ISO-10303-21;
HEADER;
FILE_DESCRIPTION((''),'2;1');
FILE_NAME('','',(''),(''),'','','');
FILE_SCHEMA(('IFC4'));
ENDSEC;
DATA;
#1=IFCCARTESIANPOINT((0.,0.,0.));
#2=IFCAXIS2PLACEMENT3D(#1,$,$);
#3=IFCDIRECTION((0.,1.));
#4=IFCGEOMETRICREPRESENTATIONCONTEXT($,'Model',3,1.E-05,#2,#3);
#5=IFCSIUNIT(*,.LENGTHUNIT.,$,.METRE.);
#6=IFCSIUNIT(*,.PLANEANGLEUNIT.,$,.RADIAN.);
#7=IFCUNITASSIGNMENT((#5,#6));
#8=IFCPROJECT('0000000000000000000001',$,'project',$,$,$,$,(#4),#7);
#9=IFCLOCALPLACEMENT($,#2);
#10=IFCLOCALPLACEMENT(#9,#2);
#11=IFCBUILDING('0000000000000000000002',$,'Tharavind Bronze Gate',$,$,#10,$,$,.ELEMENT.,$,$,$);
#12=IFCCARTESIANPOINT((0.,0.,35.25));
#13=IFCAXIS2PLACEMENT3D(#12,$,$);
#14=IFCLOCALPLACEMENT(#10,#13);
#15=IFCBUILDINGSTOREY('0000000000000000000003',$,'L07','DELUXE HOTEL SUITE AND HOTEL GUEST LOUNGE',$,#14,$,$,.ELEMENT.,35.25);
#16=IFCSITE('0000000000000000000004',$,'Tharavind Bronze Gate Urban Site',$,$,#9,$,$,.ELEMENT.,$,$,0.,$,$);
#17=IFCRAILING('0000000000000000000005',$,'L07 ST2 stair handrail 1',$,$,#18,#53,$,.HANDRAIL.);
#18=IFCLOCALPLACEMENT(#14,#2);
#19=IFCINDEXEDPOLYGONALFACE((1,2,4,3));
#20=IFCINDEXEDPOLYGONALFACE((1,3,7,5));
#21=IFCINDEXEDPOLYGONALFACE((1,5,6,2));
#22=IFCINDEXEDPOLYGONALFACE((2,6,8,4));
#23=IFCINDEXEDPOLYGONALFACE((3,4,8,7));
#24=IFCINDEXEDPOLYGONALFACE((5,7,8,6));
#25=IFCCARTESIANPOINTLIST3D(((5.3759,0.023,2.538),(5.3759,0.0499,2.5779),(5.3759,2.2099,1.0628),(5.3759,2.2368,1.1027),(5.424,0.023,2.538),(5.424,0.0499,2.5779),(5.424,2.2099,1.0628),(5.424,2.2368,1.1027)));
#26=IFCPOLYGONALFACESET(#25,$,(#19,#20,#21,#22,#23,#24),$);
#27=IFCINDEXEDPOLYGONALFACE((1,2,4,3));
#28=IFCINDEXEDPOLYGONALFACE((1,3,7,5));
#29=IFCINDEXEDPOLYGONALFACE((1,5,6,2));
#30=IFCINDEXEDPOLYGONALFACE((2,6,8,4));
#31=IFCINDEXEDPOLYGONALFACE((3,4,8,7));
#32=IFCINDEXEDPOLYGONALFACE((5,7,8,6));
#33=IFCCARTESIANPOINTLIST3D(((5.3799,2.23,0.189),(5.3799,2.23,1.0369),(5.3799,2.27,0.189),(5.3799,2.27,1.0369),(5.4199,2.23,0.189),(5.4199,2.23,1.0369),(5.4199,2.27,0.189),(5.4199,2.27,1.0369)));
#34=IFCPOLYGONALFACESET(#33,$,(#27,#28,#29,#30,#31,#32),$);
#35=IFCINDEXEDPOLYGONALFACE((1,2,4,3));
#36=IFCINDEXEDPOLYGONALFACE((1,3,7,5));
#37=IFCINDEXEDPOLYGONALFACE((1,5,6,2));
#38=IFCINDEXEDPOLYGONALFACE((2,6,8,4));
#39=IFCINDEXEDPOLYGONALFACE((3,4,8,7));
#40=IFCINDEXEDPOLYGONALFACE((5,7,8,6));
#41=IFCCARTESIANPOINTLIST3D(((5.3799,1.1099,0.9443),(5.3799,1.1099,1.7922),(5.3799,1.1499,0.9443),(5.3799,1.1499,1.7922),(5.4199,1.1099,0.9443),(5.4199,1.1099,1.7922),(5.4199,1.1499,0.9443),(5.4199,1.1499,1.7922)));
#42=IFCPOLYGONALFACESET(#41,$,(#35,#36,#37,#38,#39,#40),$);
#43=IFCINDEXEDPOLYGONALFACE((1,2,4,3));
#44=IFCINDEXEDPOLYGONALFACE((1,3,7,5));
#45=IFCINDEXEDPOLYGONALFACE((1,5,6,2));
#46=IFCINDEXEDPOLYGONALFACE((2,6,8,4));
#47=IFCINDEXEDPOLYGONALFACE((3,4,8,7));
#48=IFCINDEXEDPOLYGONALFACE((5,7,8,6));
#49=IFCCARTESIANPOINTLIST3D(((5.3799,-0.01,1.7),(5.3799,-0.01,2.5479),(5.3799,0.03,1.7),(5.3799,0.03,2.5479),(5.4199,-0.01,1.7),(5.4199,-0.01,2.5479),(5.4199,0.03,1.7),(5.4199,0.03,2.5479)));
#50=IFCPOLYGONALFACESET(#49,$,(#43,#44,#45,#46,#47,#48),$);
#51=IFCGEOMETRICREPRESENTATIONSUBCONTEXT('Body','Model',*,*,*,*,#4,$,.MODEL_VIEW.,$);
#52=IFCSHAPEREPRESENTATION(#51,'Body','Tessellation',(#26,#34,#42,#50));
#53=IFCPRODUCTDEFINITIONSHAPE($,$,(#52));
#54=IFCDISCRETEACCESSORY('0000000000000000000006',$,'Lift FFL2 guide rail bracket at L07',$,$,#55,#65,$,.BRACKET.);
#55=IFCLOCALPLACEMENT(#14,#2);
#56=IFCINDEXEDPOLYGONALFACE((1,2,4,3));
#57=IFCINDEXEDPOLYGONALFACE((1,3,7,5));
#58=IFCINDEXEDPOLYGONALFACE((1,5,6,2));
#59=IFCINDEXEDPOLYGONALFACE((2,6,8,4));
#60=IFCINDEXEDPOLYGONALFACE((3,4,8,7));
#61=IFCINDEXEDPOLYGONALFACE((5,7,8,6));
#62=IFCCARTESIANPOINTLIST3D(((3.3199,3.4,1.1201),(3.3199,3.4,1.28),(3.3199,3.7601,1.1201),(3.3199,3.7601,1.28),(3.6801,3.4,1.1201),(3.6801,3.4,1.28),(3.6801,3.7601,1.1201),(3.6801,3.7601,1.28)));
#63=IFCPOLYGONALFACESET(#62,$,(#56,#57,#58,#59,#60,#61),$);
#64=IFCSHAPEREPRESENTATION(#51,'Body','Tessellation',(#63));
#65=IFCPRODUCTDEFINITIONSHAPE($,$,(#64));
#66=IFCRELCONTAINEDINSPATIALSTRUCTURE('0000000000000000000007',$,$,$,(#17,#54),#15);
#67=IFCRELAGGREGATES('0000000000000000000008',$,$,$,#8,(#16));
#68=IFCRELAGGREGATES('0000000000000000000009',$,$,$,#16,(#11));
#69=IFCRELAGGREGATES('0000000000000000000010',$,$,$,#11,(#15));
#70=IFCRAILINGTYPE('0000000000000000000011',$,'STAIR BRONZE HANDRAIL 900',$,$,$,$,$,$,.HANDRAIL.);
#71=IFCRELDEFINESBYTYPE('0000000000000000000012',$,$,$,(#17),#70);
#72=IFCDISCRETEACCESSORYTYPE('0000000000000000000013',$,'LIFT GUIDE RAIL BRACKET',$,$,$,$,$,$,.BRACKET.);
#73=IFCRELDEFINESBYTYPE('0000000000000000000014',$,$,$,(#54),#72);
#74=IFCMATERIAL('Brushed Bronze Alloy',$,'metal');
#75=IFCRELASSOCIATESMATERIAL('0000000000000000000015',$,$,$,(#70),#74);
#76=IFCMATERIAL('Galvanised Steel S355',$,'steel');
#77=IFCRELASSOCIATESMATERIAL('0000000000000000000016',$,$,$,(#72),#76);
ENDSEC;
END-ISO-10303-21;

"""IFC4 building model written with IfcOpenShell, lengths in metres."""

from ifc_helpers import new_model, si_unit, direction, frame, origin, origin_2d, place, context, subcontext, project, spatial, rectangle, extrude, material, type_object, element, save


model = new_model("IFC4")

# Units and contexts
model_context = context("Model", 3, precision=1e-05, world=origin(), true_north=direction((0.0, 1.0)))
body_context = subcontext(model_context, "Body", "Model", "MODEL_VIEW")
ifc_project = project(units=[si_unit("LENGTHUNIT", "METRE"), si_unit("PLANEANGLEUNIT", "RADIAN")], contexts=[model_context])

# Site, building, storey
site_placement = place(None, origin())
site = spatial("IfcSite", under=ifc_project, at=site_placement, Name="Tharavind Bronze Gate Urban Site", CompositionType="ELEMENT", RefElevation=0.0)
building_placement = place(site_placement, origin())
building = spatial("IfcBuilding", under=site, at=building_placement, Name="Tharavind Bronze Gate", CompositionType="ELEMENT")
storey_placement = place(building_placement, frame((0.0, 0.0, 35.25)))
storey = spatial("IfcBuildingStorey", under=building, at=storey_placement, Name="L07", Description="DELUXE HOTEL SUITE AND HOTEL GUEST LOUNGE", CompositionType="ELEMENT", Elevation=35.25)

# Railing
ifc_material_1 = material(Name="Brushed Bronze Alloy", Category="metal")
railing_type = type_object("IfcRailingType", Name="STAIR BRONZE HANDRAIL 900", PredefinedType="HANDRAIL", material=ifc_material_1)
railing_placement = place(storey_placement, frame((5.3999, 2.25, 0.189)))
element("IfcRailing", 1, at=railing_placement, inside=storey, type_object=railing_type, Name="L07 ST2 stair handrail 1", PredefinedType="HANDRAIL", context=body_context, shape_type="SweptSolid", body=[
    extrude(rectangle(XDim=0.0481, YDim=0.0481, at=origin_2d()), frame((0.0, -0.0266, 0.8938), z_axis=(0.0, -0.829021, 0.559217), x_axis=(1.0, 0.0, 0.0)), (0.0, 0.0, 1.0), 2.6379),
    extrude(rectangle(XDim=0.04, YDim=0.04, at=origin_2d()), origin(), (0.0, 0.0, 1.0), 0.8479),
    extrude(rectangle(XDim=0.04, YDim=0.04, at=origin_2d()), frame((0.0, -1.1201, 0.7554)), (0.0, 0.0, 1.0), 0.8479),
    extrude(rectangle(XDim=0.04, YDim=0.04, at=origin_2d()), frame((0.0, -2.24, 1.511)), (0.0, 0.0, 1.0), 0.8479),
])

# Discrete accessory
ifc_material_2 = material(Name="Galvanised Steel S355", Category="steel")
discrete_accessory_type = type_object("IfcDiscreteAccessoryType", Name="LIFT GUIDE RAIL BRACKET", PredefinedType="BRACKET", material=ifc_material_2)
discrete_accessory_placement = place(storey_placement, frame((3.5, 3.5801, 1.1201), z_axis=(0.0, 0.0, 1.0), x_axis=(1.0, 0.0, 0.0)))
element("IfcDiscreteAccessory", 2, at=discrete_accessory_placement, inside=storey, type_object=discrete_accessory_type, Name="Lift FFL2 guide rail bracket at L07", PredefinedType="BRACKET", context=body_context, shape_type="SweptSolid", body=[
    extrude(rectangle(XDim=0.3601, YDim=0.3601, at=origin_2d()), origin(), (0.0, 0.0, 1.0), 0.1599),
])

save(model, "model.ifc")
